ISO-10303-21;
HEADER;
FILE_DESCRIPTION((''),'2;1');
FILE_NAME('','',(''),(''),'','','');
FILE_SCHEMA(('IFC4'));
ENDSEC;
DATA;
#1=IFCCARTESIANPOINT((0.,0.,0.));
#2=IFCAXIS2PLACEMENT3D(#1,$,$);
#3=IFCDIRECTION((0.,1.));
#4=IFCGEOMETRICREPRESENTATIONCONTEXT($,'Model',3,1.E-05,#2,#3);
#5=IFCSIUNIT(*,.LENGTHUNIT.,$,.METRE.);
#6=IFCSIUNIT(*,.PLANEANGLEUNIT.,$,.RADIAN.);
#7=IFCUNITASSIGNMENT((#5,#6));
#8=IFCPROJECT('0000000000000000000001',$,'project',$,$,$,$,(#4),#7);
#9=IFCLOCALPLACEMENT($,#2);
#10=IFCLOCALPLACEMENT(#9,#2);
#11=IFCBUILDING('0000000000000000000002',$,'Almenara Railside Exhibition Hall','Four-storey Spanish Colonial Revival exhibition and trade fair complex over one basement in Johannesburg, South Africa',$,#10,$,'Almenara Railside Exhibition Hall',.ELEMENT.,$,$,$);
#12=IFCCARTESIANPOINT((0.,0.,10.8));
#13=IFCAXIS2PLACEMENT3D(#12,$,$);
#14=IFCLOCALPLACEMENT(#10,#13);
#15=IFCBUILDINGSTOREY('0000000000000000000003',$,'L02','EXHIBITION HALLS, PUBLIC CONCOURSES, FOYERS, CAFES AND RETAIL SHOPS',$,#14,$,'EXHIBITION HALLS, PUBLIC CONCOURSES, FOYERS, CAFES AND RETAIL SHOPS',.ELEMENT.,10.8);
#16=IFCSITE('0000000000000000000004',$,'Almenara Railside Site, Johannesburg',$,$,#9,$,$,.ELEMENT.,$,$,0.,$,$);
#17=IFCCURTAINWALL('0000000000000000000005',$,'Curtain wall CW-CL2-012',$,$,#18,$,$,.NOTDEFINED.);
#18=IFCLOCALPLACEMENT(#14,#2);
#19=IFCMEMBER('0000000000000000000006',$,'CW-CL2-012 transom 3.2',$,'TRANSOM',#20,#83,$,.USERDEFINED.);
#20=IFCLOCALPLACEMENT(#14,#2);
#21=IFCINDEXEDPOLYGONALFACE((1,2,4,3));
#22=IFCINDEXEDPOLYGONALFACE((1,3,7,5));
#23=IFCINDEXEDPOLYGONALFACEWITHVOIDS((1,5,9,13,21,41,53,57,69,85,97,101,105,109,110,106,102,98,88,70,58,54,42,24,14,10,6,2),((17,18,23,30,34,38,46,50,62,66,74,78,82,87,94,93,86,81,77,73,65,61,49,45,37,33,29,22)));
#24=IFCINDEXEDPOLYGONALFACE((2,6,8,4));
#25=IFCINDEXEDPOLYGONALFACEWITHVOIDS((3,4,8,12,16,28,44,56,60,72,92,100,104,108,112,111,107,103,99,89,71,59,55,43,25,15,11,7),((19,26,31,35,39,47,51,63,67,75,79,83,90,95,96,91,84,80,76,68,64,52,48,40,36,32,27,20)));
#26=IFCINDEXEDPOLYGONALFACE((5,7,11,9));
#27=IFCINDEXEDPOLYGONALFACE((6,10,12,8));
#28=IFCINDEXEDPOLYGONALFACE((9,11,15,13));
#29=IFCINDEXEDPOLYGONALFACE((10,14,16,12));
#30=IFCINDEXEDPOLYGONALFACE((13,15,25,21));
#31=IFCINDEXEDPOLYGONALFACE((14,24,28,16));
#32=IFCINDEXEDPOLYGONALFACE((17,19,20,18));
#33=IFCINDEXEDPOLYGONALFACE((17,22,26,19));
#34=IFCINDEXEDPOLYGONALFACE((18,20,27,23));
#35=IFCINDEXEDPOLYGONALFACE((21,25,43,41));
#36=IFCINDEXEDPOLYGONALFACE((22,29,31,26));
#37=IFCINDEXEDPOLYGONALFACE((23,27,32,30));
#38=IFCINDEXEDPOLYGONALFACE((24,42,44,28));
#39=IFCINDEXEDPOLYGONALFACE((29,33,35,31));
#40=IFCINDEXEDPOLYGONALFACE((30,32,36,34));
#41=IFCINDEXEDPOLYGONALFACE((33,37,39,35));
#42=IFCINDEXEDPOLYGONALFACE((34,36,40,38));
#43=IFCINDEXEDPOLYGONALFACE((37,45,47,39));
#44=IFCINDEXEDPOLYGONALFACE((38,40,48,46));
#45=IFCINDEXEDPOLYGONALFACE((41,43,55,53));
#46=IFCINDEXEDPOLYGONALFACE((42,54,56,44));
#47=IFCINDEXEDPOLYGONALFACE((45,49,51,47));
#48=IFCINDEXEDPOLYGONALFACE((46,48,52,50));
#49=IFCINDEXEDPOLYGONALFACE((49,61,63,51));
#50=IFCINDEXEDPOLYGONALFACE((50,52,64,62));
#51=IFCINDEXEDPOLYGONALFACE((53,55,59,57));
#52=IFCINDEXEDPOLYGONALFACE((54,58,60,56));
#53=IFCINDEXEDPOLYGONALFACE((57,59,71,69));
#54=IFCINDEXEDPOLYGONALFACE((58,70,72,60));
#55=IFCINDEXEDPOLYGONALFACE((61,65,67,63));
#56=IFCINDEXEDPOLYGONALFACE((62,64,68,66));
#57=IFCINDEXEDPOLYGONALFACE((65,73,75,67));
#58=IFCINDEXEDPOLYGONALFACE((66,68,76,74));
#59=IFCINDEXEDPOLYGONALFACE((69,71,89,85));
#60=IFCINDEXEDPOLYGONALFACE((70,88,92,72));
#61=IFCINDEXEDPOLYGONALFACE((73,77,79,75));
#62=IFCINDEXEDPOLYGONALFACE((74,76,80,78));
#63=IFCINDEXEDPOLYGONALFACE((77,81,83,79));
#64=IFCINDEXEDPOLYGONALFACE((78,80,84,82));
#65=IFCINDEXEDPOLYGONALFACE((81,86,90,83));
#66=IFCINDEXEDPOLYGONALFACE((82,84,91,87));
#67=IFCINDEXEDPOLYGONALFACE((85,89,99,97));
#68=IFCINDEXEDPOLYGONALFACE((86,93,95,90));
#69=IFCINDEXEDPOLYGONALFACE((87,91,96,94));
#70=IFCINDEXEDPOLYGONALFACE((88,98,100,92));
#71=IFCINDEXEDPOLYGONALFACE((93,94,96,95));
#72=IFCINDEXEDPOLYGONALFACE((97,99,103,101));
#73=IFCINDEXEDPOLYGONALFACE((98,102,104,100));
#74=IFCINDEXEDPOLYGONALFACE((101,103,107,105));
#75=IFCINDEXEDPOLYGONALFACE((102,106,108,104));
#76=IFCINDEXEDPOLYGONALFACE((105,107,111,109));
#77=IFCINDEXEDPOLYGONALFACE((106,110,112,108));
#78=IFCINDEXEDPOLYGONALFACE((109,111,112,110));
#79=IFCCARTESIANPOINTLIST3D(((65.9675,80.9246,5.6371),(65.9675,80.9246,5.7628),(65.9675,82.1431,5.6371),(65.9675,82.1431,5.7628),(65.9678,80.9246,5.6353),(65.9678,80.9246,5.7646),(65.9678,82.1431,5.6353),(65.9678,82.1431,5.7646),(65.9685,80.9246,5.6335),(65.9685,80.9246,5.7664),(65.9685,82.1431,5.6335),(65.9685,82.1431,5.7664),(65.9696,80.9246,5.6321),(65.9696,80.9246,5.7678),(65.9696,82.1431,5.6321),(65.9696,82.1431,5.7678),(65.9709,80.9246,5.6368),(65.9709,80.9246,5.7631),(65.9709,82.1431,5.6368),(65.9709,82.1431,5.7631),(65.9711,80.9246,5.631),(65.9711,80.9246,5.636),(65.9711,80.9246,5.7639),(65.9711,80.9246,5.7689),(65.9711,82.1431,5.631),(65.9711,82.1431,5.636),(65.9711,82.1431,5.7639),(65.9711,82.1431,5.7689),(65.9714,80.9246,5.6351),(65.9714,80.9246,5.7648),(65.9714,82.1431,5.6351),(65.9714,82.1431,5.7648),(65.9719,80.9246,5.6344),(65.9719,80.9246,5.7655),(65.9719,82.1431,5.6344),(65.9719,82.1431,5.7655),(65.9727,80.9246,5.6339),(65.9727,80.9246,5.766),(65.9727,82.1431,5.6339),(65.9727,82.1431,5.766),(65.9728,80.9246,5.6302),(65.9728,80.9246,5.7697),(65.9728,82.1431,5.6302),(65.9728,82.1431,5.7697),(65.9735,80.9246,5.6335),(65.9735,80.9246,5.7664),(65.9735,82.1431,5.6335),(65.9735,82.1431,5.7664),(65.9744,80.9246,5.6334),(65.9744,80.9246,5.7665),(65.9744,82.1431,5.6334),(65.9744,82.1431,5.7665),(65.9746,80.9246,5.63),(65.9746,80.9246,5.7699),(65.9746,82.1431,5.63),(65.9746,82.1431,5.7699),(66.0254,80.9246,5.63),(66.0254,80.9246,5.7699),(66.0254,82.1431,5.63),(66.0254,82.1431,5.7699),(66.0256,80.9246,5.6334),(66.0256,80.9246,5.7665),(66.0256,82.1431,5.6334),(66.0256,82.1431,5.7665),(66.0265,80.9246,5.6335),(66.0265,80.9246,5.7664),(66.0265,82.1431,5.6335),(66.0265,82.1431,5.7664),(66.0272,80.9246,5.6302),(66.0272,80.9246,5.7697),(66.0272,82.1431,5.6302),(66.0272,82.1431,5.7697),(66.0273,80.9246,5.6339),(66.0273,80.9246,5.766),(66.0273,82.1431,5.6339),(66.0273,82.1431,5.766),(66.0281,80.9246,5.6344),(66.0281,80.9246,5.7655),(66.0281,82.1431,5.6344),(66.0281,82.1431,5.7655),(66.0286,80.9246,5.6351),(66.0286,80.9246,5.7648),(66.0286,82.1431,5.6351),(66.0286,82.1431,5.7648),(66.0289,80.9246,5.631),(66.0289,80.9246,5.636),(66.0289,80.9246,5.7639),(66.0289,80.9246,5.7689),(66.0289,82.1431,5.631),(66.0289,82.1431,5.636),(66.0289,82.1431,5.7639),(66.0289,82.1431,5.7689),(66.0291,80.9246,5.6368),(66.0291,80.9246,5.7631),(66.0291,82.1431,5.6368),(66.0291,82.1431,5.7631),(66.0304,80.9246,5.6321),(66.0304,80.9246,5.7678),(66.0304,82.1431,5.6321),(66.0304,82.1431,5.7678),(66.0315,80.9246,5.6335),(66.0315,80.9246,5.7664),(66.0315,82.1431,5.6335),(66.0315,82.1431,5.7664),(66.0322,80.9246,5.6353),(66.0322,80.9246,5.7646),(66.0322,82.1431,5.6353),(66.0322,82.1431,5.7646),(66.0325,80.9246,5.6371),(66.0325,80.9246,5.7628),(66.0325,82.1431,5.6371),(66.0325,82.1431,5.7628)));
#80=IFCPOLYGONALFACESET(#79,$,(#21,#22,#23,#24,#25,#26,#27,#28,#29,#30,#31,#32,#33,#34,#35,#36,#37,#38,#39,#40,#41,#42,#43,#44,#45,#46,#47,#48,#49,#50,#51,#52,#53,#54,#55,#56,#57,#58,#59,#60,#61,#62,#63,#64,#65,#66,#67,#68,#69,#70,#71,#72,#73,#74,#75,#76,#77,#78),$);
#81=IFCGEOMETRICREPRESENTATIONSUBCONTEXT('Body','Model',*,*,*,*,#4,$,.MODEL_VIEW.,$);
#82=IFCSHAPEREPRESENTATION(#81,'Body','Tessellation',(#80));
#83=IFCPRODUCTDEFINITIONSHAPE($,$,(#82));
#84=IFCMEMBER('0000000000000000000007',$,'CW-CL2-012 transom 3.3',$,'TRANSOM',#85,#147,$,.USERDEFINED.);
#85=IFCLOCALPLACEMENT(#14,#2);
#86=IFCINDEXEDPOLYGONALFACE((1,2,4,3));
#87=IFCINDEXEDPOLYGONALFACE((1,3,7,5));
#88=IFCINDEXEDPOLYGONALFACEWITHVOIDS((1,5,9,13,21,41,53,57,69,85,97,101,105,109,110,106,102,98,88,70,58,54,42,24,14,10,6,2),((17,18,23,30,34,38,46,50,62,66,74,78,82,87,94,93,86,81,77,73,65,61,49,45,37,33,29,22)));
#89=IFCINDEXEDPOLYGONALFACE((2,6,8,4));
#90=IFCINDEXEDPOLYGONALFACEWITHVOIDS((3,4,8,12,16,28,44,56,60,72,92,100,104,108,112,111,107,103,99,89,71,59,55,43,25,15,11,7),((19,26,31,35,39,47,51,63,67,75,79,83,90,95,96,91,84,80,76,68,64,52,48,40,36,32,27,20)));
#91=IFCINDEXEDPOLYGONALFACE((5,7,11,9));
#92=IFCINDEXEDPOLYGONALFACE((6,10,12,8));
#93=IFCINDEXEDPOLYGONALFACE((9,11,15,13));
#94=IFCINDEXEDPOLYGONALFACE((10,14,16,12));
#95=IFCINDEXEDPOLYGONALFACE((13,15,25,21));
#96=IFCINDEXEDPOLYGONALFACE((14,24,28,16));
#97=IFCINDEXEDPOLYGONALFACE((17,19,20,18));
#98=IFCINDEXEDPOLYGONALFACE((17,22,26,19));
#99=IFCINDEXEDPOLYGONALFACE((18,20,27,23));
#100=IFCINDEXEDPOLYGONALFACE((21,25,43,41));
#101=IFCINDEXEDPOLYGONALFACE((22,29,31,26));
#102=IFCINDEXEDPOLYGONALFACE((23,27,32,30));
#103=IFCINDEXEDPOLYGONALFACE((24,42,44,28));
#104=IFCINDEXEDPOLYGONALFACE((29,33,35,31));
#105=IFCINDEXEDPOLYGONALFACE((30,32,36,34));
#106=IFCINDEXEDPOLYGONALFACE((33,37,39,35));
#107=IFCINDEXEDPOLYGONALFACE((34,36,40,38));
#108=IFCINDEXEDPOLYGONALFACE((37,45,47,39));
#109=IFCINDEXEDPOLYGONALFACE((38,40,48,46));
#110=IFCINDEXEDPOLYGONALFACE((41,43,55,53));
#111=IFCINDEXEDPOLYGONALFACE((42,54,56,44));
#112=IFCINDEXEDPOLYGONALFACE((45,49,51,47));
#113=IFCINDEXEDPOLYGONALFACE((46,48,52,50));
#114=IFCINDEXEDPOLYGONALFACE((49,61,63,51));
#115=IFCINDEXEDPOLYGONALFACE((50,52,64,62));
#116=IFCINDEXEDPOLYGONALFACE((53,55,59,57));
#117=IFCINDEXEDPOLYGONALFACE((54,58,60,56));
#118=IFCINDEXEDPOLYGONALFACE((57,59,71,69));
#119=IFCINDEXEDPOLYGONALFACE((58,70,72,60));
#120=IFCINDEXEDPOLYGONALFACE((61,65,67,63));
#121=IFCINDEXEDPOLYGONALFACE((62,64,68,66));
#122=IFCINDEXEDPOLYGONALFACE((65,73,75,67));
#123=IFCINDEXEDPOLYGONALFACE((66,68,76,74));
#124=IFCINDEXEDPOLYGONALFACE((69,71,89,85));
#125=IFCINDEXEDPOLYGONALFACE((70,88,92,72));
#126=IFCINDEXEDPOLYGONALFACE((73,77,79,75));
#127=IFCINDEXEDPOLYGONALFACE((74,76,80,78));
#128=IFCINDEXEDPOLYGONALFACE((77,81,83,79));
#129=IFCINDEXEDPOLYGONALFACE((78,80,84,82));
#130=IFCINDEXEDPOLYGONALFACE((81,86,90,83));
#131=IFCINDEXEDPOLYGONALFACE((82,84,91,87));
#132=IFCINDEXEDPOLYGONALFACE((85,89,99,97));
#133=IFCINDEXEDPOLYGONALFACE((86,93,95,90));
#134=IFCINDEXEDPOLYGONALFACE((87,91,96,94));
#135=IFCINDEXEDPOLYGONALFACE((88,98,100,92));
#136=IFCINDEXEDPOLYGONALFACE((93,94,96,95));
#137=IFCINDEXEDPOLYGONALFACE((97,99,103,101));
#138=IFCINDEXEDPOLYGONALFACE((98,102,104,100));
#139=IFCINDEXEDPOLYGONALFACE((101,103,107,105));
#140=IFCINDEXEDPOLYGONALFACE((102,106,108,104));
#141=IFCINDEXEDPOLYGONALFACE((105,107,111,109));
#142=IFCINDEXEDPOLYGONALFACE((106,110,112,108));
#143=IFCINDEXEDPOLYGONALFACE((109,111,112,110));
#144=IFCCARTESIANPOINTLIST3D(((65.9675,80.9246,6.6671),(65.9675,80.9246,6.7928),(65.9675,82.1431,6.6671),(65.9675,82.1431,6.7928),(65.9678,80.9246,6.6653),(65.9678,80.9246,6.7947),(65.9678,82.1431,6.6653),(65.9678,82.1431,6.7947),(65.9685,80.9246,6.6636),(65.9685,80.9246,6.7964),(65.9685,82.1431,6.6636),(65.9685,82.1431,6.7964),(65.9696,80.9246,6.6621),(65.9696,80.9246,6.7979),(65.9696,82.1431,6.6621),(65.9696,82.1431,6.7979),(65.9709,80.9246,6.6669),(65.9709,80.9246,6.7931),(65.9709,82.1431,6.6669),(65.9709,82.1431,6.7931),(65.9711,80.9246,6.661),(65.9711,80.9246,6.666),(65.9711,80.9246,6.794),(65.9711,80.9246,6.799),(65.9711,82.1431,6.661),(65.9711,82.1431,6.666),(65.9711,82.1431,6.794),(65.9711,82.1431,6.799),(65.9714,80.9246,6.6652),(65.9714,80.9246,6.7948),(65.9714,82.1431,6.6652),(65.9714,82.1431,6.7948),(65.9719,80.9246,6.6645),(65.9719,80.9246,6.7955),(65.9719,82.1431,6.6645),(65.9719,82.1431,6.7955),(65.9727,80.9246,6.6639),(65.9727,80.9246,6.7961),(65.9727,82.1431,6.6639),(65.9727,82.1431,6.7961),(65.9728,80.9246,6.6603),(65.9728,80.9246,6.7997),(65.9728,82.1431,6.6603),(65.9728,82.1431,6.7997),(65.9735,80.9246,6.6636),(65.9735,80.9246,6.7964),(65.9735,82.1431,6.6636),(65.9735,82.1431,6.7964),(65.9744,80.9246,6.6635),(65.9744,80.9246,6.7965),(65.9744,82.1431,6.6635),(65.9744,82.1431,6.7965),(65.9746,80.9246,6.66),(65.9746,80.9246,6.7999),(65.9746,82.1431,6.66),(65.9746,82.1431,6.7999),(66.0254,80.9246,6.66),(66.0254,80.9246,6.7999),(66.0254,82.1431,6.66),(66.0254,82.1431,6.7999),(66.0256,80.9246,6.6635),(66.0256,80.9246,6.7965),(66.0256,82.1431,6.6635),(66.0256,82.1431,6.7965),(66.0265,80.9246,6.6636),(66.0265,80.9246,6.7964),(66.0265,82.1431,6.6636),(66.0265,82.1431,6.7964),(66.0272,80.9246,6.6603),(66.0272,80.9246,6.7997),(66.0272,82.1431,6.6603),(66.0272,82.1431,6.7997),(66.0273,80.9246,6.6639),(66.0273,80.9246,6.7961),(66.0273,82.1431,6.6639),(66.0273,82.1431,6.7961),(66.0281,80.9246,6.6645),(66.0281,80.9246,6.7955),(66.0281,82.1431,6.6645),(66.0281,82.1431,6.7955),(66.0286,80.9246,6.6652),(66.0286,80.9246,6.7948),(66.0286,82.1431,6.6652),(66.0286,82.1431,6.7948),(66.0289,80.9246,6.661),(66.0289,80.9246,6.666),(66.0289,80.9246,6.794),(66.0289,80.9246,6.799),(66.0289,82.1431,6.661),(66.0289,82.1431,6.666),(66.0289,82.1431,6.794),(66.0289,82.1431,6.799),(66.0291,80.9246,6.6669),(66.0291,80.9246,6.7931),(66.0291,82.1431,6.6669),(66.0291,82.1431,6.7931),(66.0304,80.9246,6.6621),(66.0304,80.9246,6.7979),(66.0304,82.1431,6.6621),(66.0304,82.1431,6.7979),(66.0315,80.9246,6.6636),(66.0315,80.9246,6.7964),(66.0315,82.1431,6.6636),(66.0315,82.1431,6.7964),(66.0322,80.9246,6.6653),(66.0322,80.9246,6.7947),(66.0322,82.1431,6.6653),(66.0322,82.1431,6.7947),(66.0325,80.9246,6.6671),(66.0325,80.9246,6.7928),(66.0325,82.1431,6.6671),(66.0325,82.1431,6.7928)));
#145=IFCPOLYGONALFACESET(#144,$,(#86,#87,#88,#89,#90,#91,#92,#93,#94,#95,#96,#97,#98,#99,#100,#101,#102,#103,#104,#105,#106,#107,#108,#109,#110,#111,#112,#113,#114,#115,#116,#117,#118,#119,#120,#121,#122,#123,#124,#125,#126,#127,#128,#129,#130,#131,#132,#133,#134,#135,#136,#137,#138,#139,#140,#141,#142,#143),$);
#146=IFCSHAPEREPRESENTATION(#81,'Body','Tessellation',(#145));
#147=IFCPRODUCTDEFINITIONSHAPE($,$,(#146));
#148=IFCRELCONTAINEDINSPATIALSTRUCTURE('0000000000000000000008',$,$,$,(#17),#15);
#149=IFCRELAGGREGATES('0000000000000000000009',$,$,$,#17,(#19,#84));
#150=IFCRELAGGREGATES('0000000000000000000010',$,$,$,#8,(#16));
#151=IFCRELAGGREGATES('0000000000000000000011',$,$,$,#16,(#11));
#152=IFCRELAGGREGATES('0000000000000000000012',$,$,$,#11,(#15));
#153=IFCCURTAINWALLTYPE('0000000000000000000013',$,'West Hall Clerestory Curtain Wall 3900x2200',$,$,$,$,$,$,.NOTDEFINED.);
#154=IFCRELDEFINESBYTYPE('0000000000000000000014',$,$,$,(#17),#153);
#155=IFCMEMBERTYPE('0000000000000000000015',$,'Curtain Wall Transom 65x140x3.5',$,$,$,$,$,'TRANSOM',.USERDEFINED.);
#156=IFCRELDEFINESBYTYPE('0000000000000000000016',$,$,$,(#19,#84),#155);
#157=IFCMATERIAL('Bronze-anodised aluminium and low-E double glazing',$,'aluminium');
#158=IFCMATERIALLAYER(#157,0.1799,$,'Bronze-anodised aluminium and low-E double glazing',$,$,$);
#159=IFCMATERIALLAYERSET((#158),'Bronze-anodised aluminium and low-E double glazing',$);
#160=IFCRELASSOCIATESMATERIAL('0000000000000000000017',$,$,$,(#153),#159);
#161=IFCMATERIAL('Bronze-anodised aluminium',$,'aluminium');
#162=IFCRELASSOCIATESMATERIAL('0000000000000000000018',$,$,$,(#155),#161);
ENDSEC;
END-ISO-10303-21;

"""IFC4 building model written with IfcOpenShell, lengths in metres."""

from ifc_helpers import new_model, si_unit, direction, frame, origin, origin_2d, place, context, subcontext, project, spatial, hollow_rectangle, extrude, material, layer, layer_set, material_profile, profile_set, type_object, element, aggregate, save


model = new_model("IFC4")

# Units and contexts
model_context = context("Model", 3, precision=1e-05, world=origin(), true_north=direction((0.0, 1.0)))
body_context = subcontext(model_context, "Body", "Model", "MODEL_VIEW")
ifc_project = project(units=[si_unit("LENGTHUNIT", "METRE"), si_unit("PLANEANGLEUNIT", "RADIAN")], contexts=[model_context])

# Site, building, storey
site_placement = place(None, origin())
site = spatial("IfcSite", under=ifc_project, at=site_placement, Name="Almenara Railside Site, Johannesburg", CompositionType="ELEMENT", RefElevation=0.0)
building_placement = place(site_placement, origin())
building = spatial("IfcBuilding", under=site, at=building_placement, Name="Almenara Railside Exhibition Hall", Description="Four-storey Spanish Colonial Revival exhibition and trade fair complex over one basement in Johannesburg, South Africa", LongName="Almenara Railside Exhibition Hall", CompositionType="ELEMENT")
storey_placement = place(building_placement, frame((0.0, 0.0, 10.8)))
storey = spatial("IfcBuildingStorey", under=building, at=storey_placement, Name="L02", Description="EXHIBITION HALLS, PUBLIC CONCOURSES, FOYERS, CAFES AND RETAIL SHOPS", LongName="EXHIBITION HALLS, PUBLIC CONCOURSES, FOYERS, CAFES AND RETAIL SHOPS", CompositionType="ELEMENT", Elevation=10.8)

# Curtain wall
ifc_material_1 = material(Name="Bronze-anodised aluminium and low-E double glazing", Category="aluminium")
ifc_layer_1 = layer(ifc_material_1, 0.1799, Name="Bronze-anodised aluminium and low-E double glazing")
ifc_layer_set_1 = layer_set([ifc_layer_1], Name="Bronze-anodised aluminium and low-E double glazing")
curtain_wall_type_1 = type_object("IfcCurtainWallType", Name="West Hall Clerestory Curtain Wall 3900x2200", PredefinedType="NOTDEFINED", material=ifc_layer_set_1)
curtain_wall_1_placement = place(storey_placement, origin())
curtain_wall_1 = element("IfcCurtainWall", 1, at=curtain_wall_1_placement, inside=storey, type_object=curtain_wall_type_1, Name="Curtain wall CW-CL2-012", PredefinedType="NOTDEFINED")
ifc_material_2 = material(Name="Bronze-anodised aluminium", Category="aluminium")

# Members
ifc_material_profile_1 = material_profile(ifc_material_2, hollow_rectangle(XDim=0.0649, YDim=0.1399, WallThickness=0.0034, InnerFilletRadius=0.0034, OuterFilletRadius=0.0071, at=origin_2d()), Name="ALU-TRN 65x140x3.5")
ifc_profile_set_1 = profile_set([ifc_material_profile_1], Name="Bronze-anodised aluminium")
member_type_1 = type_object("IfcMemberType", Name="Curtain Wall Transom 65x140x3.5", ElementType="TRANSOM", PredefinedType="USERDEFINED", material=ifc_profile_set_1)
member_1_placement = place(storey_placement, frame((66.0, 80.9246, 5.7), z_axis=(0.0, 1.0, 0.0), x_axis=(-1.0, 0.0, 0.0)))
member_1 = element("IfcMember", 2, at=member_1_placement, type_object=member_type_1, Name="CW-CL2-012 transom 3.2", ObjectType="TRANSOM", PredefinedType="USERDEFINED", context=body_context, shape_type="SweptSolid", body=[
    extrude(hollow_rectangle(XDim=0.0649, YDim=0.1399, WallThickness=0.0034, InnerFilletRadius=0.0034, OuterFilletRadius=0.0071, at=origin_2d()), origin(), (0.0, 0.0, 1.0), 1.2185),
])
member_2_placement = place(storey_placement, frame((66.0, 80.9246, 6.73), z_axis=(0.0, 1.0, 0.0), x_axis=(-1.0, 0.0, 0.0)))
member_2 = element("IfcMember", 3, at=member_2_placement, type_object=member_type_1, Name="CW-CL2-012 transom 3.3", ObjectType="TRANSOM", PredefinedType="USERDEFINED", context=body_context, shape_type="SweptSolid", body=[
    extrude(hollow_rectangle(XDim=0.0649, YDim=0.1399, WallThickness=0.0034, InnerFilletRadius=0.0034, OuterFilletRadius=0.0071, at=origin_2d()), origin(), (0.0, 0.0, 1.0), 1.2185),
])

aggregate(curtain_wall_1, [member_1, member_2])

save(model, "model.ifc")
